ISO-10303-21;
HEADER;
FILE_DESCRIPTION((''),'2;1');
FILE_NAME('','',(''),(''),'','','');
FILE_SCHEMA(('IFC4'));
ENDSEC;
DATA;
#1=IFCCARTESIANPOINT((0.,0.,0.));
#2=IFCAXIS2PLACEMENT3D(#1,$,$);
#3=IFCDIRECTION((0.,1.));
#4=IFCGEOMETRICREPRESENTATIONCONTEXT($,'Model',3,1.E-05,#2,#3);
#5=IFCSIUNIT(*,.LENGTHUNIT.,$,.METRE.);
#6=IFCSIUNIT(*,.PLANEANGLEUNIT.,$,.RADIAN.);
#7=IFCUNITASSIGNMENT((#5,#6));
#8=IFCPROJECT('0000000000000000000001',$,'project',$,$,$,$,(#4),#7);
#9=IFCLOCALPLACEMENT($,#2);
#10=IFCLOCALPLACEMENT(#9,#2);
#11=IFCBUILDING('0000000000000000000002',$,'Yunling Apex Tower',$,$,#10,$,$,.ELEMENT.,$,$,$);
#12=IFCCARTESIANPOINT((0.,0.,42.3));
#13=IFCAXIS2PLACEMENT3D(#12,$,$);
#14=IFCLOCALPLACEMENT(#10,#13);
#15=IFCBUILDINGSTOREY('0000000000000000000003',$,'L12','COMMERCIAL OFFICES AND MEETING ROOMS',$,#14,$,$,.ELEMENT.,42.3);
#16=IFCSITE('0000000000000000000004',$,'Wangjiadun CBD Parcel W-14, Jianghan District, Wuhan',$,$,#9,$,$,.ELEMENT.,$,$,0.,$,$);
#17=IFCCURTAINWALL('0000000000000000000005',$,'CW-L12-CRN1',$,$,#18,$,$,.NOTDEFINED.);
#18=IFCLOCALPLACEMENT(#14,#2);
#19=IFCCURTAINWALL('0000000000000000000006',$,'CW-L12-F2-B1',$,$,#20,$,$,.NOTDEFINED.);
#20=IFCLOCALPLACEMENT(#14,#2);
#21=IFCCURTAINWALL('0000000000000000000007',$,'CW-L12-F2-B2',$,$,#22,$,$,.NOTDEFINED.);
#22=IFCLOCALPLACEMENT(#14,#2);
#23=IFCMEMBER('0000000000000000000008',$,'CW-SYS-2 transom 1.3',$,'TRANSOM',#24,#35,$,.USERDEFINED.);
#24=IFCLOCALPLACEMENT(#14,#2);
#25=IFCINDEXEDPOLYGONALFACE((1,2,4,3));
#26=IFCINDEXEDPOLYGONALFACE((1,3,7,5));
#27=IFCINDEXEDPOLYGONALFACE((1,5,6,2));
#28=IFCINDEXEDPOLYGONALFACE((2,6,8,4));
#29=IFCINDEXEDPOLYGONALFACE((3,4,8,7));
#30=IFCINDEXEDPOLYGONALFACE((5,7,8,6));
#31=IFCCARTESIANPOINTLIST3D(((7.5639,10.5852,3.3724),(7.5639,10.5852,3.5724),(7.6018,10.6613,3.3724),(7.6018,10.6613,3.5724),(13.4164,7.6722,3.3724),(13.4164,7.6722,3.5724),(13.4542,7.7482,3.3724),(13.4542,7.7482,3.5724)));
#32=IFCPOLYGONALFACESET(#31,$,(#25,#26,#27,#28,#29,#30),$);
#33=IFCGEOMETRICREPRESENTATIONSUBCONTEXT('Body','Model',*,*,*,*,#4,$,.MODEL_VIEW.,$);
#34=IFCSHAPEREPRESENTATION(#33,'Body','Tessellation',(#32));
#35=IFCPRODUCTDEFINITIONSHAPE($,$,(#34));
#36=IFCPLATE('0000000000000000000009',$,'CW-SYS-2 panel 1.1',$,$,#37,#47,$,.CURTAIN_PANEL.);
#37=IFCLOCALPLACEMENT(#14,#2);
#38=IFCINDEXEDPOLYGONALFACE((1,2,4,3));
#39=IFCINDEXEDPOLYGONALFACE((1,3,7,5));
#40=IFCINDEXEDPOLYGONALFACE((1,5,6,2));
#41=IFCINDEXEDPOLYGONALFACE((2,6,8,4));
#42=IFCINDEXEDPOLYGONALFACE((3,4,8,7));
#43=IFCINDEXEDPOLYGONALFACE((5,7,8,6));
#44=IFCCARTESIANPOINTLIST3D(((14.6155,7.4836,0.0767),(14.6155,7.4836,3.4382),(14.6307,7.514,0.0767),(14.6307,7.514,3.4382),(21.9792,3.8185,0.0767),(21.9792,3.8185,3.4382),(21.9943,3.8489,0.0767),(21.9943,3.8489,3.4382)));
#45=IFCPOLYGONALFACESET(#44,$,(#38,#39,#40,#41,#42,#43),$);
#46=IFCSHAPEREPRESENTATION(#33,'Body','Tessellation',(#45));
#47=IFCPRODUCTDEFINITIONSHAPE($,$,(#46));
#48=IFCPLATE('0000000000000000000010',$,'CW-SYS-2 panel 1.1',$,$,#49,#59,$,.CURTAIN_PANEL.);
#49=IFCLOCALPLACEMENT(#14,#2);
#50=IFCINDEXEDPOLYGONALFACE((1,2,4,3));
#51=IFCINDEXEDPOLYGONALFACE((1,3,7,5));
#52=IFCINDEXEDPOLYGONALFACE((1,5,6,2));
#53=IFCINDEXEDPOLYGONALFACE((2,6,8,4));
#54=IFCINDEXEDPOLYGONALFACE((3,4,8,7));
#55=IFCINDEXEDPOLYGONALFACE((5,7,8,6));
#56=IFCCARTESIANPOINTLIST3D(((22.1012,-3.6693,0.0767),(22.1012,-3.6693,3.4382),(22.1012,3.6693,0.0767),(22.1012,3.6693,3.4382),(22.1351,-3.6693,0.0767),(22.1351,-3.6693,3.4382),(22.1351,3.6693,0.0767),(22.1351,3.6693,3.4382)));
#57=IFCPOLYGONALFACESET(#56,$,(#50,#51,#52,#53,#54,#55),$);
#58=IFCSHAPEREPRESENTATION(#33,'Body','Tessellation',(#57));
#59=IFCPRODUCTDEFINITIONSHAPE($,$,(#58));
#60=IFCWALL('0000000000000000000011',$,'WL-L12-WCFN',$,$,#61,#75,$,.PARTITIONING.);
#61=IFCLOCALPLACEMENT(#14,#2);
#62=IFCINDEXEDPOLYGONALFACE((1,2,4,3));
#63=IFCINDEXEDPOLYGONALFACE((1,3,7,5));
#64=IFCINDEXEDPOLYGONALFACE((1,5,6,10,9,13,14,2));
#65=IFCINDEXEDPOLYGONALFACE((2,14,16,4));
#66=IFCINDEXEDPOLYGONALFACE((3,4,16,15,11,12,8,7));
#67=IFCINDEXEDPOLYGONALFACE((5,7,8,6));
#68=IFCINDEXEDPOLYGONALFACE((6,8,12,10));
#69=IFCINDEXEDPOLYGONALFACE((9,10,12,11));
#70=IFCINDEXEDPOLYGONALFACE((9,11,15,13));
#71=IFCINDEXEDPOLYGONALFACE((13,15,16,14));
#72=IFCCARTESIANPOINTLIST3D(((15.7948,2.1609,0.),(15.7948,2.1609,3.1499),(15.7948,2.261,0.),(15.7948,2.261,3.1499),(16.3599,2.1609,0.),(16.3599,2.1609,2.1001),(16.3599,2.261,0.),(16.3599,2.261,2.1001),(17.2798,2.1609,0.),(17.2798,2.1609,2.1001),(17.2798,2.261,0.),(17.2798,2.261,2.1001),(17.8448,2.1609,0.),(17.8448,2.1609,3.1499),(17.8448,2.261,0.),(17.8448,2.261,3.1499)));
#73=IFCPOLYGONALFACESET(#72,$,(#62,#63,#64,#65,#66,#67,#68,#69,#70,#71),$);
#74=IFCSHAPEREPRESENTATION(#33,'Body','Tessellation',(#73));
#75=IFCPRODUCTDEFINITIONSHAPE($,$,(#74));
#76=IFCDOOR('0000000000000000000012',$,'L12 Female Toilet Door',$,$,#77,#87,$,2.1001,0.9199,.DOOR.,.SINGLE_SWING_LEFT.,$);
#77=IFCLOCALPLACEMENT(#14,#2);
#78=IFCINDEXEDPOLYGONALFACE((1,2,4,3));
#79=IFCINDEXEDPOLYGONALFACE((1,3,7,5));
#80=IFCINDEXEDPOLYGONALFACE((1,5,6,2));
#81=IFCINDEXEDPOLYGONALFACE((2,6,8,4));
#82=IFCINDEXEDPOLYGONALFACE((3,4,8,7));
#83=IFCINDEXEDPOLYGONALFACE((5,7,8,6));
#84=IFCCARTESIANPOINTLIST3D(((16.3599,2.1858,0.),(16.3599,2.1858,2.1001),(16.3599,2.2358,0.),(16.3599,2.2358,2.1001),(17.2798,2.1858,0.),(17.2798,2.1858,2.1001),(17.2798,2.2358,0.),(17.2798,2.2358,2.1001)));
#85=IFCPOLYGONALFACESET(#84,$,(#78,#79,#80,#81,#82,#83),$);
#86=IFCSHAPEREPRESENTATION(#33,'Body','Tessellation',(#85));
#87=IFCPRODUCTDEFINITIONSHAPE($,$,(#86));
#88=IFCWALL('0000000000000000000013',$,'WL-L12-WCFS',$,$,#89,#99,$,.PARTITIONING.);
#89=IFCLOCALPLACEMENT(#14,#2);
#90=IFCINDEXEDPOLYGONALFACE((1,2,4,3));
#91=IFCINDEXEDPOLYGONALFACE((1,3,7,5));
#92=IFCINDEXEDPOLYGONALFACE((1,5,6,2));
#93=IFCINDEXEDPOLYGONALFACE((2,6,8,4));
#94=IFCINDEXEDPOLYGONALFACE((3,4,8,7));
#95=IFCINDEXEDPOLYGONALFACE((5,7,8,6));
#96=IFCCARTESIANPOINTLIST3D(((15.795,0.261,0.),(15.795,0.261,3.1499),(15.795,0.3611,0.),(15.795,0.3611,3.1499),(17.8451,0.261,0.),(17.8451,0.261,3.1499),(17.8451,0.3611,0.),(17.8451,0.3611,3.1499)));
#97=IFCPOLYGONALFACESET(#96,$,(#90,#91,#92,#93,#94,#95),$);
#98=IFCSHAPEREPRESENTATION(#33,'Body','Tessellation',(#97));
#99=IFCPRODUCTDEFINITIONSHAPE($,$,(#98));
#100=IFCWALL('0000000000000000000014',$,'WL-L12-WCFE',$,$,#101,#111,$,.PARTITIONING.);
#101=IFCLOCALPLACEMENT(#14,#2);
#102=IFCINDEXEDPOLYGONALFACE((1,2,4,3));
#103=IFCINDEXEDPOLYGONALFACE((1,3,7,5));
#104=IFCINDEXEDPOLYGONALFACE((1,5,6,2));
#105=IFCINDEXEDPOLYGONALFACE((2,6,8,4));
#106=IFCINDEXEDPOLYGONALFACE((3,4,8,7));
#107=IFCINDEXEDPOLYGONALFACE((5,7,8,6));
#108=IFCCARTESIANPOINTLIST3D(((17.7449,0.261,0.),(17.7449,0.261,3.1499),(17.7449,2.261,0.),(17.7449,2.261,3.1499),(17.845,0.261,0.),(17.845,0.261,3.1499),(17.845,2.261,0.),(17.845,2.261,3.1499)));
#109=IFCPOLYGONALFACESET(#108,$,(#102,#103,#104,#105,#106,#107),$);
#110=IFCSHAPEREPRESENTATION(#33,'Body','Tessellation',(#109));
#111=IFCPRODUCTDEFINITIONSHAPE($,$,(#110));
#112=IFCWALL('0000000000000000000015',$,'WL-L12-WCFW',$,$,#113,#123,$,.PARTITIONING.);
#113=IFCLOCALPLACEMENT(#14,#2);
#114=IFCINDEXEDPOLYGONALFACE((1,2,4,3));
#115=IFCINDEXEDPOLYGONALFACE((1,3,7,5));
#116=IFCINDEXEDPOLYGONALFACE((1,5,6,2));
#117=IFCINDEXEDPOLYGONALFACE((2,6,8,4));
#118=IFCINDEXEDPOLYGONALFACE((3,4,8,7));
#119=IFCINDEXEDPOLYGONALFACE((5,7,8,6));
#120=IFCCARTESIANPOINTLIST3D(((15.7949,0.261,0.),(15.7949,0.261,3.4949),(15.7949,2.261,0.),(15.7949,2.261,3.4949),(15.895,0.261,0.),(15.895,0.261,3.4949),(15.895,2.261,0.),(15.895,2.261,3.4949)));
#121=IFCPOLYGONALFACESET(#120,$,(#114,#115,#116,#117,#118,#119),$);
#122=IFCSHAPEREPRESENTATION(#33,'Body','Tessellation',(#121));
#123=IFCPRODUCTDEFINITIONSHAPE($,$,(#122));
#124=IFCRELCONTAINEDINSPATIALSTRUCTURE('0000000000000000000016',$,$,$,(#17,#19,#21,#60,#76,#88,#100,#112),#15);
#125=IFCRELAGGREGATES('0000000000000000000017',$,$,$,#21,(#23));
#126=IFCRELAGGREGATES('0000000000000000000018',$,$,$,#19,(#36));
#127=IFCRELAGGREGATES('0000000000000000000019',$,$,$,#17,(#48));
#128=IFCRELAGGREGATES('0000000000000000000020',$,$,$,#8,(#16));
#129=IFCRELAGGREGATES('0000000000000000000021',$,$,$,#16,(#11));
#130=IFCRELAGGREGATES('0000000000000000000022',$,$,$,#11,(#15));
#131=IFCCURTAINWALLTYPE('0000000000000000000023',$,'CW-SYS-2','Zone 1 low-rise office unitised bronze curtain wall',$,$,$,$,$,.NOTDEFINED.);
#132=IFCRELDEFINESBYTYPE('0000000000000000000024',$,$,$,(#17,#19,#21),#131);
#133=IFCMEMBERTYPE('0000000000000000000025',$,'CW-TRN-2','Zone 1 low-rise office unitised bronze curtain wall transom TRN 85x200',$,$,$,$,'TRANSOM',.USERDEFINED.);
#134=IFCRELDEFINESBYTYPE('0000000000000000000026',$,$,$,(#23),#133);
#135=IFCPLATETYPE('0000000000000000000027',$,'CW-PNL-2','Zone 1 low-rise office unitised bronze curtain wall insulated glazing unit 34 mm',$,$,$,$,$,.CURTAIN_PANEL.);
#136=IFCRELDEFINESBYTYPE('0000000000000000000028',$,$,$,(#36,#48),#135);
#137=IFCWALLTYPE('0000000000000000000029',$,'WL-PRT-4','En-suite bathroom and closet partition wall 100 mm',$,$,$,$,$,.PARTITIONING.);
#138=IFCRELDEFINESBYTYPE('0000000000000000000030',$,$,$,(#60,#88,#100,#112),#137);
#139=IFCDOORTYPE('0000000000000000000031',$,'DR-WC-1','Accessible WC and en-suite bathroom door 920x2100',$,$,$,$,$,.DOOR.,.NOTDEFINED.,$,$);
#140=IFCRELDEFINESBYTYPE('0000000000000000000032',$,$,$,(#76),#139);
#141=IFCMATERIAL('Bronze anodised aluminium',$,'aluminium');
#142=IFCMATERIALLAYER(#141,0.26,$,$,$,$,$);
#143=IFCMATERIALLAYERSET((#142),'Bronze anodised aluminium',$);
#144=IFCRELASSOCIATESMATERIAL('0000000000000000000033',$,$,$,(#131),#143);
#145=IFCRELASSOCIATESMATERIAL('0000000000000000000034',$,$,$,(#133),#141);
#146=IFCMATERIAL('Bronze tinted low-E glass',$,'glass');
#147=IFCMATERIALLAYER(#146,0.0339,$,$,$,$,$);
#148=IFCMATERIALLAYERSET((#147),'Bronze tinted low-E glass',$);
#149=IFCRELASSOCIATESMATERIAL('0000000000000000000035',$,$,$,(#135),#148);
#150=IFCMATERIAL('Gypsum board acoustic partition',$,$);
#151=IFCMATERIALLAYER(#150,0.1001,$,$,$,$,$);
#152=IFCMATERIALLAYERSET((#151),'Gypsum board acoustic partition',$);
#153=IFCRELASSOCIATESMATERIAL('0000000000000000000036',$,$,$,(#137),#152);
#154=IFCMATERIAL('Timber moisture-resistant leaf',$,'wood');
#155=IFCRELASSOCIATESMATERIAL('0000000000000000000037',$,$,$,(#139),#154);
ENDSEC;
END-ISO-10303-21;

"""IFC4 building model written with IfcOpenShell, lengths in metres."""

from ifc_helpers import new_model, si_unit, direction, frame, frame_2d, origin, origin_2d, place, context, subcontext, project, spatial, rectangle, extrude, source, transform, mapped, material, layer, layer_set, material_profile, profile_set, type_object, element, fill, aggregate, save


model = new_model("IFC4")

# Units and contexts
model_context = context("Model", 3, precision=1e-05, world=origin(), true_north=direction((0.0, 1.0)))
body_context = subcontext(model_context, "Body", "Model", "MODEL_VIEW")
ifc_project = project(units=[si_unit("LENGTHUNIT", "METRE"), si_unit("PLANEANGLEUNIT", "RADIAN")], contexts=[model_context])

# Site, building, storey
site_placement = place(None, origin())
site = spatial("IfcSite", under=ifc_project, at=site_placement, Name="Wangjiadun CBD Parcel W-14, Jianghan District, Wuhan", CompositionType="ELEMENT", RefElevation=0.0)
building_placement = place(site_placement, origin())
building = spatial("IfcBuilding", under=site, at=building_placement, Name="Yunling Apex Tower", CompositionType="ELEMENT")
storey_placement = place(building_placement, frame((0.0, 0.0, 42.3)))
storey = spatial("IfcBuildingStorey", under=building, at=storey_placement, Name="L12", Description="COMMERCIAL OFFICES AND MEETING ROOMS", CompositionType="ELEMENT", Elevation=42.3)

# Curtain wall
ifc_material_1 = material(Name="Bronze anodised aluminium", Category="aluminium")
ifc_layer_1 = layer(ifc_material_1, 0.26)
ifc_layer_set_1 = layer_set([ifc_layer_1], Name="Bronze anodised aluminium")
curtain_wall_type = type_object("IfcCurtainWallType", Name="CW-SYS-2", Description="Zone 1 low-rise office unitised bronze curtain wall", PredefinedType="NOTDEFINED", material=ifc_layer_set_1)
curtain_wall_1_placement = place(storey_placement, origin())
curtain_wall_1 = element("IfcCurtainWall", 1, at=curtain_wall_1_placement, inside=storey, type_object=curtain_wall_type, Name="CW-L12-CRN1", PredefinedType="NOTDEFINED")

# Curtain wall
curtain_wall_2_placement = place(storey_placement, origin())
curtain_wall_2 = element("IfcCurtainWall", 2, at=curtain_wall_2_placement, inside=storey, type_object=curtain_wall_type, Name="CW-L12-F2-B1", PredefinedType="NOTDEFINED")

# Curtain wall
curtain_wall_3_placement = place(storey_placement, origin())
curtain_wall_3 = element("IfcCurtainWall", 3, at=curtain_wall_3_placement, inside=storey, type_object=curtain_wall_type, Name="CW-L12-F2-B2", PredefinedType="NOTDEFINED")

# Member
ifc_material_profile_1 = material_profile(ifc_material_1, rectangle(XDim=0.085, YDim=0.2, at=origin_2d()))
ifc_profile_set_1 = profile_set([ifc_material_profile_1], Name="Bronze anodised aluminium")
member_type_1 = type_object("IfcMemberType", Name="CW-TRN-2", Description="Zone 1 low-rise office unitised bronze curtain wall transom TRN 85x200", ElementType="TRANSOM", PredefinedType="USERDEFINED", material=ifc_profile_set_1)
shared_shape_1 = source(origin(), body_context, "Body", "SweptSolid", [
    extrude(rectangle(XDim=0.085, YDim=0.2, at=origin_2d()), origin(), (0.0, 0.0, 1.0), 6.5374),
])
member_1_placement = place(storey_placement, frame((13.4353, 7.7102, 3.4724), z_axis=(-0.895232, 0.4456, 0.0), x_axis=(-0.4456, -0.895232, 0.0)))
member_1 = element("IfcMember", 4, at=member_1_placement, type_object=member_type_1, Name="CW-SYS-2 transom 1.3", ObjectType="TRANSOM", PredefinedType="USERDEFINED", context=body_context, shape_type="MappedRepresentation", body=[
    mapped(shared_shape_1, transform((0.0, 0.0, 0.0), scale=1.0)),
])
aggregate(curtain_wall_3, [member_1])

# Plates
ifc_material_2 = material(Name="Bronze tinted low-E glass", Category="glass")
ifc_layer_2 = layer(ifc_material_2, 0.0339)
ifc_layer_set_2 = layer_set([ifc_layer_2], Name="Bronze tinted low-E glass")
plate_type = type_object("IfcPlateType", Name="CW-PNL-2", Description="Zone 1 low-rise office unitised bronze curtain wall insulated glazing unit 34 mm", PredefinedType="CURTAIN_PANEL", material=ifc_layer_set_2)
shared_shape_2 = source(origin(), body_context, "Body", "SweptSolid", [
    extrude(rectangle(XDim=8.2253, YDim=0.0339, at=origin_2d()), origin(), (0.0, 0.0, 1.0), 3.3616),
])
plate_1_placement = place(storey_placement, frame((18.3049, 5.6663, 0.0767), z_axis=(0.0, 0.0, 1.0), x_axis=(-0.895242, 0.44558, 0.0)))
plate_1 = element("IfcPlate", 5, at=plate_1_placement, type_object=plate_type, Name="CW-SYS-2 panel 1.1", PredefinedType="CURTAIN_PANEL", context=body_context, shape_type="MappedRepresentation", body=[
    mapped(shared_shape_2, transform((0.0, 0.0, 0.0), scale=1.0)),
])
aggregate(curtain_wall_2, [plate_1])
shared_shape_3 = source(origin(), body_context, "Body", "SweptSolid", [
    extrude(rectangle(XDim=7.3386, YDim=0.0339, at=origin_2d()), origin(), (0.0, 0.0, 1.0), 3.3616),
])
plate_2_placement = place(storey_placement, frame((22.1182, 0.0, 0.0767), z_axis=(0.0, 0.0, 1.0), x_axis=(0.0, 1.0, 0.0)))
plate_2 = element("IfcPlate", 6, at=plate_2_placement, type_object=plate_type, Name="CW-SYS-2 panel 1.1", PredefinedType="CURTAIN_PANEL", context=body_context, shape_type="MappedRepresentation", body=[
    mapped(shared_shape_3, transform((0.0, 0.0, 0.0), scale=1.0)),
])
aggregate(curtain_wall_1, [plate_2])

# Wall, opening, door
ifc_material_3 = material(Name="Gypsum board acoustic partition")
ifc_layer_3 = layer(ifc_material_3, 0.1001)
ifc_layer_set_3 = layer_set([ifc_layer_3], Name="Gypsum board acoustic partition")
wall_type = type_object("IfcWallType", Name="WL-PRT-4", Description="En-suite bathroom and closet partition wall 100 mm", PredefinedType="PARTITIONING", material=ifc_layer_set_3)
wall_1_placement = place(storey_placement, frame((15.7949, 2.2109, 0.0), z_axis=(0.0, 0.0, 1.0), x_axis=(1.0, 0.0, 0.0)))
wall_1 = element("IfcWall", 7, at=wall_1_placement, inside=storey, type_object=wall_type, Name="WL-L12-WCFN", PredefinedType="PARTITIONING", context=body_context, shape_type="SweptSolid", body=[
    extrude(rectangle(XDim=2.05, YDim=0.1001, at=frame_2d((1.0249, 0.0))), origin(), (0.0, 0.0, 1.0), 3.1499),
])
opening_placement = place(wall_1_placement, frame((0.5649, 0.0, 0.0)))
opening = element("IfcOpeningElement", 8, at=opening_placement, cuts=wall_1, PredefinedType="OPENING", context=body_context, shape_type="SweptSolid", body=[
    extrude(rectangle(XDim=0.9199, YDim=2.1001, at=frame_2d((0.46, 1.05))), frame((0.0, 0.0601, 0.0), z_axis=(0.0, -1.0, 0.0), x_axis=(1.0, 0.0, 0.0)), (0.0, 0.0, 1.0), 0.1201),
])
ifc_material_4 = material(Name="Timber moisture-resistant leaf", Category="wood")
door_type = type_object("IfcDoorType", Name="DR-WC-1", Description="Accessible WC and en-suite bathroom door 920x2100", OperationType="NOTDEFINED", PredefinedType="DOOR", material=ifc_material_4)
door_placement = place(opening_placement, origin())
door = element("IfcDoor", 9, at=door_placement, inside=storey, type_object=door_type, Name="L12 Female Toilet Door", OperationType="SINGLE_SWING_LEFT", OverallHeight=2.1001, OverallWidth=0.9199, PredefinedType="DOOR", context=body_context, shape_type="SweptSolid", body=[
    extrude(rectangle(XDim=0.9199, YDim=2.1001, at=frame_2d((0.46, 1.05))), frame((0.0, 0.0249, 0.0), z_axis=(0.0, -1.0, 0.0), x_axis=(1.0, 0.0, 0.0)), (0.0, 0.0, 1.0), 0.05),
])
fill(opening, door)

# Walls
wall_2_placement = place(storey_placement, frame((17.845, 0.311, 0.0), z_axis=(0.0, 0.0, 1.0), x_axis=(-1.0, 0.0, 0.0)))
element("IfcWall", 10, at=wall_2_placement, inside=storey, type_object=wall_type, Name="WL-L12-WCFS", PredefinedType="PARTITIONING", context=body_context, shape_type="SweptSolid", body=[
    extrude(rectangle(XDim=2.05, YDim=0.1001, at=frame_2d((1.0249, 0.0))), origin(), (0.0, 0.0, 1.0), 3.1499),
])
wall_3_placement = place(storey_placement, frame((17.7949, 2.261, 0.0), z_axis=(0.0, 0.0, 1.0), x_axis=(0.0, -1.0, 0.0)))
element("IfcWall", 11, at=wall_3_placement, inside=storey, type_object=wall_type, Name="WL-L12-WCFE", PredefinedType="PARTITIONING", context=body_context, shape_type="SweptSolid", body=[
    extrude(rectangle(XDim=2.0, YDim=0.1001, at=frame_2d((1.0, 0.0))), origin(), (0.0, 0.0, 1.0), 3.1499),
])
wall_4_placement = place(storey_placement, frame((15.845, 0.261, 0.0), z_axis=(0.0, 0.0, 1.0), x_axis=(0.0, 1.0, 0.0)))
element("IfcWall", 12, at=wall_4_placement, inside=storey, type_object=wall_type, Name="WL-L12-WCFW", PredefinedType="PARTITIONING", context=body_context, shape_type="SweptSolid", body=[
    extrude(rectangle(XDim=2.0, YDim=0.1001, at=frame_2d((1.0, 0.0))), origin(), (0.0, 0.0, 1.0), 3.4949),
])

save(model, "model.ifc")
